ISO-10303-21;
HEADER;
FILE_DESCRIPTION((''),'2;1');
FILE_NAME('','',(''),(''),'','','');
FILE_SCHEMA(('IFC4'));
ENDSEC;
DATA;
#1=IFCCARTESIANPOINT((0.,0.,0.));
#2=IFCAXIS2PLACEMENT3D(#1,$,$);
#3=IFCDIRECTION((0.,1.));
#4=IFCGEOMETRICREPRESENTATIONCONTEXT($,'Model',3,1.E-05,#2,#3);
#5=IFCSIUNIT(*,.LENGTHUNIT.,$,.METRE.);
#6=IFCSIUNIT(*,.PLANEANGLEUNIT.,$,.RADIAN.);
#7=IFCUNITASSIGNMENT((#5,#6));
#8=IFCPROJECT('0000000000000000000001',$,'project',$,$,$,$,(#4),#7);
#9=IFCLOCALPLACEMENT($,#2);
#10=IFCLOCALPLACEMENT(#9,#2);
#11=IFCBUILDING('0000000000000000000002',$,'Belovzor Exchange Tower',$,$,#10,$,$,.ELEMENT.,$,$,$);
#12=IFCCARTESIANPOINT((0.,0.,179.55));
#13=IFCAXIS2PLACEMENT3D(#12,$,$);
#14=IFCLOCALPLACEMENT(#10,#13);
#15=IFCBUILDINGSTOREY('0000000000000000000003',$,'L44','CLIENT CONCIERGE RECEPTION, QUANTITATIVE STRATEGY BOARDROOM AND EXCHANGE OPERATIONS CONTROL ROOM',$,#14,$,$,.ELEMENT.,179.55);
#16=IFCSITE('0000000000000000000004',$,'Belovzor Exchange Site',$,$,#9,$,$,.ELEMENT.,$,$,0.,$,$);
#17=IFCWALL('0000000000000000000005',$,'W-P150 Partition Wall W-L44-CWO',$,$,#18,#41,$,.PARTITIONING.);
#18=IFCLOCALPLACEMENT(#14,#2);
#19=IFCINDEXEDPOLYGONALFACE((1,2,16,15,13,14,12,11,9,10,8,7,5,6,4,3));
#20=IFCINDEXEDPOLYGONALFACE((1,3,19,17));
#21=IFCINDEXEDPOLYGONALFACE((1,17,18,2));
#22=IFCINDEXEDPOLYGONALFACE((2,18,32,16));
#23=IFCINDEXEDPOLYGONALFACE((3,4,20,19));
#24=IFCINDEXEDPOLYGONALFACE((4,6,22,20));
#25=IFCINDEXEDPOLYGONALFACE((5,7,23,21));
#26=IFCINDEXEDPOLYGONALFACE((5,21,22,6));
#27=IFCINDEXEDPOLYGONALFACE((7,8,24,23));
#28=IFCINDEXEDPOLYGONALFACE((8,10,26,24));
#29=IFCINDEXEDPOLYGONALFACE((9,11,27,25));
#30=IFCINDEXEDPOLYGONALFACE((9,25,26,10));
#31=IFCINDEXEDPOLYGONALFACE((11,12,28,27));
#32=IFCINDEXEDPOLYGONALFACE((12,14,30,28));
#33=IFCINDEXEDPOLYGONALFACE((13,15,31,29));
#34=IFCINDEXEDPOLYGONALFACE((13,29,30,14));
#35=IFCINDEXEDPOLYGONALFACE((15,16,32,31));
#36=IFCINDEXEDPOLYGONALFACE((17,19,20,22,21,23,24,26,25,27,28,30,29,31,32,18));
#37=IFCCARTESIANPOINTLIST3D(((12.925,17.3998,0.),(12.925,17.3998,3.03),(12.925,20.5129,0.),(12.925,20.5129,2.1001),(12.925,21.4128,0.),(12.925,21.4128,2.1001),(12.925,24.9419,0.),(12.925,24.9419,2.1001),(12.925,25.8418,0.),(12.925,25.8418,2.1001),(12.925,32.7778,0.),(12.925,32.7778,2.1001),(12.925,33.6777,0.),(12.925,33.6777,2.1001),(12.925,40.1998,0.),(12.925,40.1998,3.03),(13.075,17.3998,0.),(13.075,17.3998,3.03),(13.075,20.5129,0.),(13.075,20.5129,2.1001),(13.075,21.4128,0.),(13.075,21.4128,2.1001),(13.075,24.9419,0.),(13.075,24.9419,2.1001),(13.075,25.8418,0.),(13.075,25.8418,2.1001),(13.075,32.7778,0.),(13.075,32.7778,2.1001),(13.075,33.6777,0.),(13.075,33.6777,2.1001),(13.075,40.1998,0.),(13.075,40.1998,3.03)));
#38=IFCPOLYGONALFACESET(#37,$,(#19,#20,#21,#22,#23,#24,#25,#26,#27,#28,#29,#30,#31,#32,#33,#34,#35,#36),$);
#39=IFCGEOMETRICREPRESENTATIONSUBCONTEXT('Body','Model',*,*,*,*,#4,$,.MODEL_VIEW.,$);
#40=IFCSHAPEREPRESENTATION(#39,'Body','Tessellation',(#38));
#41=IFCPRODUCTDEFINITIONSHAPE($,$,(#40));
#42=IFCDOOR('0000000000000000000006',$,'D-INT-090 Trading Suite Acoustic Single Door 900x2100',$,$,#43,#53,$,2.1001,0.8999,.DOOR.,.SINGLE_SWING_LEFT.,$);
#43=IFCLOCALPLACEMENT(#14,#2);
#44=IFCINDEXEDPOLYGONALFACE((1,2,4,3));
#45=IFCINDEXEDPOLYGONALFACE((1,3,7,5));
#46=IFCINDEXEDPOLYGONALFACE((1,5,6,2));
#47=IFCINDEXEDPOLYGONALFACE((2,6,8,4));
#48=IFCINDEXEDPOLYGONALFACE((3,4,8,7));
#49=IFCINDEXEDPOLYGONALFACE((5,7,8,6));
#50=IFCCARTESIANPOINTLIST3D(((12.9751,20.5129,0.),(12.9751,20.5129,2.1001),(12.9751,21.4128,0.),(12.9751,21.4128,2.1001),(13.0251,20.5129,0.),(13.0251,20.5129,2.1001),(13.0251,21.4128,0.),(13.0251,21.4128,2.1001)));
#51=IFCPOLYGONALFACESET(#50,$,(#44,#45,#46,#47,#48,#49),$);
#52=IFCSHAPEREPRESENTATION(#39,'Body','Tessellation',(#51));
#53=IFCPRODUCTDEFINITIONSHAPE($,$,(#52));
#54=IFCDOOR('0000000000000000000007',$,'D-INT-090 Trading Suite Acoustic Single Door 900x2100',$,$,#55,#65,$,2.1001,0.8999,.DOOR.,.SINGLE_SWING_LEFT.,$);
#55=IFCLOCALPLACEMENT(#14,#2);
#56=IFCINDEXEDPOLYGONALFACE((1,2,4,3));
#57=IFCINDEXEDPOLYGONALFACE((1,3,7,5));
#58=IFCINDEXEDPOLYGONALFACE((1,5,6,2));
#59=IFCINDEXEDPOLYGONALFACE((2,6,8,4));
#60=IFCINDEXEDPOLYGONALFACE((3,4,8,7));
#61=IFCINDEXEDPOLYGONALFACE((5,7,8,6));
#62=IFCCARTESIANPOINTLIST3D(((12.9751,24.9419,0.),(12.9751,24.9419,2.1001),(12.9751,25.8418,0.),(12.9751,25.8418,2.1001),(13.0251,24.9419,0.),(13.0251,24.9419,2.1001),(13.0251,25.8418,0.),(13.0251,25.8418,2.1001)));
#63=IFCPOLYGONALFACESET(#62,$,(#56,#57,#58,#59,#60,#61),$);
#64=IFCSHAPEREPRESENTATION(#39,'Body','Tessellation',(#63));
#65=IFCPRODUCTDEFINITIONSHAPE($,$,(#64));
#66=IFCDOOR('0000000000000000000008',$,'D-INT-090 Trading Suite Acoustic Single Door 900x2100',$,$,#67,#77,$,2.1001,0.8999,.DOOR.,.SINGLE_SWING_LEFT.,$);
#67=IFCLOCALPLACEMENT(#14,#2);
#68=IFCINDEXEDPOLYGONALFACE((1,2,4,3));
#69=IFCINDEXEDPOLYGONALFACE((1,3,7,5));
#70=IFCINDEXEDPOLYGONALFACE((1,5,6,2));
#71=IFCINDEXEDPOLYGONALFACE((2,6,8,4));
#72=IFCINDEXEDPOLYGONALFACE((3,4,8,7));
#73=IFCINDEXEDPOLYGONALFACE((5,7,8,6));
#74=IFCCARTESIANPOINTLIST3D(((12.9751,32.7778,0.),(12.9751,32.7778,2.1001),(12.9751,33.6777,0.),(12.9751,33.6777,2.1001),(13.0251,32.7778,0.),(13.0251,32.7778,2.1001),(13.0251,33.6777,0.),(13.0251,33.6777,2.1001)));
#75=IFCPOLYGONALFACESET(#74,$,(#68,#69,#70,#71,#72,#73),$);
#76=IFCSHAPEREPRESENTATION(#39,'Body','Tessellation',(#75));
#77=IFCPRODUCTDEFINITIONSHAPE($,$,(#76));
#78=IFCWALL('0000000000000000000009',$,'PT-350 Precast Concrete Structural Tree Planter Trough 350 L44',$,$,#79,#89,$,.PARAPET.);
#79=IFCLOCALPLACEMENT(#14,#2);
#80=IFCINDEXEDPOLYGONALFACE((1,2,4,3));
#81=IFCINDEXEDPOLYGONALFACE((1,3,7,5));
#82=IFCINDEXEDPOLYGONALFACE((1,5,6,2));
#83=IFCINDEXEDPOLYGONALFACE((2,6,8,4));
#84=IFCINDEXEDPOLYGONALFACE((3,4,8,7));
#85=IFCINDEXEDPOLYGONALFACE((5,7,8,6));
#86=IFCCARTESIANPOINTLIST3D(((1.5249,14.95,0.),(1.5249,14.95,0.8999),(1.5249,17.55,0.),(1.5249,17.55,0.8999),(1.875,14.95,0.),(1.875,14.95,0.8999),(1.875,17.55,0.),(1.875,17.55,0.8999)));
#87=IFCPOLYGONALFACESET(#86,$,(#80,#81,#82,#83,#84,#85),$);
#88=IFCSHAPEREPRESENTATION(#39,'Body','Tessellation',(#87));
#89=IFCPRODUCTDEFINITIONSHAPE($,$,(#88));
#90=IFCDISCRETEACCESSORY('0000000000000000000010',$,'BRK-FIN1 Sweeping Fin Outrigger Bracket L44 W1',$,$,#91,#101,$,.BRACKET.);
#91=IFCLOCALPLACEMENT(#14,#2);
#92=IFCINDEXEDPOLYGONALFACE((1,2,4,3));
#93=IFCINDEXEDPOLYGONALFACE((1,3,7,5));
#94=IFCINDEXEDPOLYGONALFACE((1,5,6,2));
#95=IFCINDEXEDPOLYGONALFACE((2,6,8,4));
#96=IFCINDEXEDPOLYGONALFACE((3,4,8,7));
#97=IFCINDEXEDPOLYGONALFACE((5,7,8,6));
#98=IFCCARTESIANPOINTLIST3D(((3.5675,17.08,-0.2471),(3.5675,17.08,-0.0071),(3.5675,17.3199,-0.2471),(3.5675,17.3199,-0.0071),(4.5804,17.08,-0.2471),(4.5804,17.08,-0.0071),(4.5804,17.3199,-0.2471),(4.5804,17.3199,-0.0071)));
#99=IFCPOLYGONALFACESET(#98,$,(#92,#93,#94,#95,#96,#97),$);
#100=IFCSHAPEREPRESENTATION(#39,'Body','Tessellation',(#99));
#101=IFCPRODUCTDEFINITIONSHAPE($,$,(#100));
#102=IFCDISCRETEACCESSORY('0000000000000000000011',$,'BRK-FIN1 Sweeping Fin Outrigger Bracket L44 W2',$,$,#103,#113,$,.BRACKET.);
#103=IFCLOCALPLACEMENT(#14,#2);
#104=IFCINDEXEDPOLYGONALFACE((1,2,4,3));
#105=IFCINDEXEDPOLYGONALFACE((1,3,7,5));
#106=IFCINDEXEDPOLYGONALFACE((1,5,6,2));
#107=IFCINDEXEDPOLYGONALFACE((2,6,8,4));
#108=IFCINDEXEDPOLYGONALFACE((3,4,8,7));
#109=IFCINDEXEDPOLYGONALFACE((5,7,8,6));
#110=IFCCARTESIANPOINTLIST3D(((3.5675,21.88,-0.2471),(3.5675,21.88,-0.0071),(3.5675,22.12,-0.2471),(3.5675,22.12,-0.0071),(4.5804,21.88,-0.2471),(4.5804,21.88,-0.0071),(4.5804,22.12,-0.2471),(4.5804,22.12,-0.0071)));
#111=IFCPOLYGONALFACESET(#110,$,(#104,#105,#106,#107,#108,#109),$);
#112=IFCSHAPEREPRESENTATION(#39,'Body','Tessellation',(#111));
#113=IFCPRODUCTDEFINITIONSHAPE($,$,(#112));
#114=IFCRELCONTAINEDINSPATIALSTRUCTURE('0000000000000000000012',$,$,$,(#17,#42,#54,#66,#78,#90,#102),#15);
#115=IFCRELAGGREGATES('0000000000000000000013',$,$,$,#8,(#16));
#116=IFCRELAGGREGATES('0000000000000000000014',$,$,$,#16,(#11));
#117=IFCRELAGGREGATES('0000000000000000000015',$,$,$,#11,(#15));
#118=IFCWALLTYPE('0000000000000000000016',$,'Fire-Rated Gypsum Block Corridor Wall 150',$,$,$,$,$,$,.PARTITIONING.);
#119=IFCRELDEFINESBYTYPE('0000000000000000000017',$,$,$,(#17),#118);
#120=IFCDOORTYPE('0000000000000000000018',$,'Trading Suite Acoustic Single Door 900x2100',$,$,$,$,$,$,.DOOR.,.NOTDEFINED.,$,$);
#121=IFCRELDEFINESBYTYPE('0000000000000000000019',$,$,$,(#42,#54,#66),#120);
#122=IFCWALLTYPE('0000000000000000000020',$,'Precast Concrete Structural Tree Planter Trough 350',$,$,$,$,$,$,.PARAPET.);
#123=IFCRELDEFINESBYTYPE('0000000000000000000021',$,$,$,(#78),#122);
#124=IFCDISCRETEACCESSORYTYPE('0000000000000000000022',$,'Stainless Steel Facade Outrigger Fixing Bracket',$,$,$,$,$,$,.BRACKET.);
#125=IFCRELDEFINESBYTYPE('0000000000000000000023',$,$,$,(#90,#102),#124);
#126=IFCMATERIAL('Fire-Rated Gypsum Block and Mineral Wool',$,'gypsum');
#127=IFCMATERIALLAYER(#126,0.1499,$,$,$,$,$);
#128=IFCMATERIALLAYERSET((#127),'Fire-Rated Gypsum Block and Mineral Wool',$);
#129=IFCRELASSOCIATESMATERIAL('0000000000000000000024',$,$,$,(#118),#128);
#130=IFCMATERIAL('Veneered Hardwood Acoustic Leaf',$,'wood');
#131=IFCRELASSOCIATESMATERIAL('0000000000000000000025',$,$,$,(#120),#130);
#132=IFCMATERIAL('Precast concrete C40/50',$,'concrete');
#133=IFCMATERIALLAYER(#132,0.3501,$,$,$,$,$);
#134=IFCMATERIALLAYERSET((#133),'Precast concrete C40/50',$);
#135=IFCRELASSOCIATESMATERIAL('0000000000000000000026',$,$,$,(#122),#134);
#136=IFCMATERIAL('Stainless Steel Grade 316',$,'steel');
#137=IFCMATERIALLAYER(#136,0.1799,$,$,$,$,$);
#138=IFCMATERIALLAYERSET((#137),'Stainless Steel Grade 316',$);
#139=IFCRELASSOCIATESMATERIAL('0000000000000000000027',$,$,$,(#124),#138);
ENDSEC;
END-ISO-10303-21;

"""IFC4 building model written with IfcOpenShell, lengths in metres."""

from ifc_helpers import new_model, si_unit, direction, frame, frame_2d, origin, origin_2d, place, context, subcontext, project, spatial, rectangle, extrude, material, layer, layer_set, type_object, element, fill, save


model = new_model("IFC4")

# Units and contexts
model_context = context("Model", 3, precision=1e-05, world=origin(), true_north=direction((0.0, 1.0)))
body_context = subcontext(model_context, "Body", "Model", "MODEL_VIEW")
ifc_project = project(units=[si_unit("LENGTHUNIT", "METRE"), si_unit("PLANEANGLEUNIT", "RADIAN")], contexts=[model_context])

# Site, building, storey
site_placement = place(None, origin())
site = spatial("IfcSite", under=ifc_project, at=site_placement, Name="Belovzor Exchange Site", CompositionType="ELEMENT", RefElevation=0.0)
building_placement = place(site_placement, origin())
building = spatial("IfcBuilding", under=site, at=building_placement, Name="Belovzor Exchange Tower", CompositionType="ELEMENT")
storey_placement = place(building_placement, frame((0.0, 0.0, 179.55)))
storey = spatial("IfcBuildingStorey", under=building, at=storey_placement, Name="L44", Description="CLIENT CONCIERGE RECEPTION, QUANTITATIVE STRATEGY BOARDROOM AND EXCHANGE OPERATIONS CONTROL ROOM", CompositionType="ELEMENT", Elevation=179.55)

# Wall, openings, doors
ifc_material_1 = material(Name="Fire-Rated Gypsum Block and Mineral Wool", Category="gypsum")
ifc_layer_1 = layer(ifc_material_1, 0.1499)
ifc_layer_set_1 = layer_set([ifc_layer_1], Name="Fire-Rated Gypsum Block and Mineral Wool")
wall_type_1 = type_object("IfcWallType", Name="Fire-Rated Gypsum Block Corridor Wall 150", PredefinedType="PARTITIONING", material=ifc_layer_set_1)
ifc_material_2 = material(Name="Veneered Hardwood Acoustic Leaf", Category="wood")
door_type = type_object("IfcDoorType", Name="Trading Suite Acoustic Single Door 900x2100", OperationType="NOTDEFINED", PredefinedType="DOOR", material=ifc_material_2)
wall_1_placement = place(storey_placement, frame((13.0, 17.3999, 0.0), z_axis=(0.0, 0.0, 1.0), x_axis=(0.0, 1.0, 0.0)))
wall_1 = element("IfcWall", 1, at=wall_1_placement, inside=storey, type_object=wall_type_1, Name="W-P150 Partition Wall W-L44-CWO", PredefinedType="PARTITIONING", context=body_context, shape_type="SweptSolid", body=[
    extrude(rectangle(XDim=22.8, YDim=0.1499, at=frame_2d((11.3999, 0.0))), origin(), (0.0, 0.0, 1.0), 3.03),
])
opening_1_placement = place(wall_1_placement, frame((3.113, 0.0, 0.0)))
opening_1 = element("IfcOpeningElement", 2, at=opening_1_placement, cuts=wall_1, PredefinedType="OPENING", context=body_context, shape_type="SweptSolid", body=[
    extrude(rectangle(XDim=0.8999, YDim=2.1001, at=frame_2d((0.45, 1.05))), frame((0.0, 0.085, 0.0), z_axis=(0.0, -1.0, 0.0), x_axis=(1.0, 0.0, 0.0)), (0.0, 0.0, 1.0), 0.1699),
])
opening_2_placement = place(wall_1_placement, frame((7.542, 0.0, 0.0)))
opening_2 = element("IfcOpeningElement", 3, at=opening_2_placement, cuts=wall_1, PredefinedType="OPENING", context=body_context, shape_type="SweptSolid", body=[
    extrude(rectangle(XDim=0.8999, YDim=2.1001, at=frame_2d((0.45, 1.05))), frame((0.0, 0.085, 0.0), z_axis=(0.0, -1.0, 0.0), x_axis=(1.0, 0.0, 0.0)), (0.0, 0.0, 1.0), 0.1699),
])
opening_3_placement = place(wall_1_placement, frame((15.3779, 0.0, 0.0)))
opening_3 = element("IfcOpeningElement", 4, at=opening_3_placement, cuts=wall_1, PredefinedType="OPENING", context=body_context, shape_type="SweptSolid", body=[
    extrude(rectangle(XDim=0.8999, YDim=2.1001, at=frame_2d((0.45, 1.05))), frame((0.0, 0.085, 0.0), z_axis=(0.0, -1.0, 0.0), x_axis=(1.0, 0.0, 0.0)), (0.0, 0.0, 1.0), 0.1699),
])
door_1_placement = place(opening_1_placement, origin())
door_1 = element("IfcDoor", 5, at=door_1_placement, inside=storey, type_object=door_type, Name="D-INT-090 Trading Suite Acoustic Single Door 900x2100", OperationType="SINGLE_SWING_LEFT", OverallHeight=2.1001, OverallWidth=0.8999, PredefinedType="DOOR", context=body_context, shape_type="SweptSolid", body=[
    extrude(rectangle(XDim=0.8999, YDim=2.1001, at=frame_2d((0.45, 1.05))), frame((0.0, 0.0249, 0.0), z_axis=(0.0, -1.0, 0.0), x_axis=(1.0, 0.0, 0.0)), (0.0, 0.0, 1.0), 0.05),
])
fill(opening_1, door_1)
door_2_placement = place(opening_2_placement, origin())
door_2 = element("IfcDoor", 6, at=door_2_placement, inside=storey, type_object=door_type, Name="D-INT-090 Trading Suite Acoustic Single Door 900x2100", OperationType="SINGLE_SWING_LEFT", OverallHeight=2.1001, OverallWidth=0.8999, PredefinedType="DOOR", context=body_context, shape_type="SweptSolid", body=[
    extrude(rectangle(XDim=0.8999, YDim=2.1001, at=frame_2d((0.45, 1.05))), frame((0.0, 0.0249, 0.0), z_axis=(0.0, -1.0, 0.0), x_axis=(1.0, 0.0, 0.0)), (0.0, 0.0, 1.0), 0.05),
])
fill(opening_2, door_2)
door_3_placement = place(opening_3_placement, origin())
door_3 = element("IfcDoor", 7, at=door_3_placement, inside=storey, type_object=door_type, Name="D-INT-090 Trading Suite Acoustic Single Door 900x2100", OperationType="SINGLE_SWING_LEFT", OverallHeight=2.1001, OverallWidth=0.8999, PredefinedType="DOOR", context=body_context, shape_type="SweptSolid", body=[
    extrude(rectangle(XDim=0.8999, YDim=2.1001, at=frame_2d((0.45, 1.05))), frame((0.0, 0.0249, 0.0), z_axis=(0.0, -1.0, 0.0), x_axis=(1.0, 0.0, 0.0)), (0.0, 0.0, 1.0), 0.05),
])
fill(opening_3, door_3)

# Wall
ifc_material_3 = material(Name="Precast concrete C40/50", Category="concrete")
ifc_layer_2 = layer(ifc_material_3, 0.3501)
ifc_layer_set_2 = layer_set([ifc_layer_2], Name="Precast concrete C40/50")
wall_type_2 = type_object("IfcWallType", Name="Precast Concrete Structural Tree Planter Trough 350", PredefinedType="PARAPET", material=ifc_layer_set_2)
wall_2_placement = place(storey_placement, frame((1.7, 14.95, 0.0), z_axis=(0.0, 0.0, 1.0), x_axis=(0.0, 1.0, 0.0)))
element("IfcWall", 8, at=wall_2_placement, inside=storey, type_object=wall_type_2, Name="PT-350 Precast Concrete Structural Tree Planter Trough 350 L44", PredefinedType="PARAPET", context=body_context, shape_type="SweptSolid", body=[
    extrude(rectangle(XDim=2.6001, YDim=0.3501, at=frame_2d((1.3, 0.0))), origin(), (0.0, 0.0, 1.0), 0.8999),
])

# Discrete accessories
ifc_material_4 = material(Name="Stainless Steel Grade 316", Category="steel")
ifc_layer_3 = layer(ifc_material_4, 0.1799)
ifc_layer_set_3 = layer_set([ifc_layer_3], Name="Stainless Steel Grade 316")
discrete_accessory_type = type_object("IfcDiscreteAccessoryType", Name="Stainless Steel Facade Outrigger Fixing Bracket", PredefinedType="BRACKET", material=ifc_layer_set_3)
for number, where, z_axis, x_axis, name in (
    (9, (4.074, 17.2, -0.2471), (0.0, 0.0, 1.0), (1.0, 0.0, 0.0), "BRK-FIN1 Sweeping Fin Outrigger Bracket L44 W1"),
    (10, (4.074, 22.0, -0.2471), (0.0, 0.0, 1.0), (1.0, 0.0, 0.0), "BRK-FIN1 Sweeping Fin Outrigger Bracket L44 W2"),
):
    element("IfcDiscreteAccessory", number, at=place(storey_placement, frame(where, z_axis=z_axis, x_axis=x_axis)), inside=storey, type_object=discrete_accessory_type, Name=name, PredefinedType="BRACKET", context=body_context, shape_type="SweptSolid", body=[
        extrude(rectangle(XDim=1.0129, YDim=0.24, at=origin_2d()), origin(), (0.0, 0.0, 1.0), 0.24),
    ])

save(model, "model.ifc")
